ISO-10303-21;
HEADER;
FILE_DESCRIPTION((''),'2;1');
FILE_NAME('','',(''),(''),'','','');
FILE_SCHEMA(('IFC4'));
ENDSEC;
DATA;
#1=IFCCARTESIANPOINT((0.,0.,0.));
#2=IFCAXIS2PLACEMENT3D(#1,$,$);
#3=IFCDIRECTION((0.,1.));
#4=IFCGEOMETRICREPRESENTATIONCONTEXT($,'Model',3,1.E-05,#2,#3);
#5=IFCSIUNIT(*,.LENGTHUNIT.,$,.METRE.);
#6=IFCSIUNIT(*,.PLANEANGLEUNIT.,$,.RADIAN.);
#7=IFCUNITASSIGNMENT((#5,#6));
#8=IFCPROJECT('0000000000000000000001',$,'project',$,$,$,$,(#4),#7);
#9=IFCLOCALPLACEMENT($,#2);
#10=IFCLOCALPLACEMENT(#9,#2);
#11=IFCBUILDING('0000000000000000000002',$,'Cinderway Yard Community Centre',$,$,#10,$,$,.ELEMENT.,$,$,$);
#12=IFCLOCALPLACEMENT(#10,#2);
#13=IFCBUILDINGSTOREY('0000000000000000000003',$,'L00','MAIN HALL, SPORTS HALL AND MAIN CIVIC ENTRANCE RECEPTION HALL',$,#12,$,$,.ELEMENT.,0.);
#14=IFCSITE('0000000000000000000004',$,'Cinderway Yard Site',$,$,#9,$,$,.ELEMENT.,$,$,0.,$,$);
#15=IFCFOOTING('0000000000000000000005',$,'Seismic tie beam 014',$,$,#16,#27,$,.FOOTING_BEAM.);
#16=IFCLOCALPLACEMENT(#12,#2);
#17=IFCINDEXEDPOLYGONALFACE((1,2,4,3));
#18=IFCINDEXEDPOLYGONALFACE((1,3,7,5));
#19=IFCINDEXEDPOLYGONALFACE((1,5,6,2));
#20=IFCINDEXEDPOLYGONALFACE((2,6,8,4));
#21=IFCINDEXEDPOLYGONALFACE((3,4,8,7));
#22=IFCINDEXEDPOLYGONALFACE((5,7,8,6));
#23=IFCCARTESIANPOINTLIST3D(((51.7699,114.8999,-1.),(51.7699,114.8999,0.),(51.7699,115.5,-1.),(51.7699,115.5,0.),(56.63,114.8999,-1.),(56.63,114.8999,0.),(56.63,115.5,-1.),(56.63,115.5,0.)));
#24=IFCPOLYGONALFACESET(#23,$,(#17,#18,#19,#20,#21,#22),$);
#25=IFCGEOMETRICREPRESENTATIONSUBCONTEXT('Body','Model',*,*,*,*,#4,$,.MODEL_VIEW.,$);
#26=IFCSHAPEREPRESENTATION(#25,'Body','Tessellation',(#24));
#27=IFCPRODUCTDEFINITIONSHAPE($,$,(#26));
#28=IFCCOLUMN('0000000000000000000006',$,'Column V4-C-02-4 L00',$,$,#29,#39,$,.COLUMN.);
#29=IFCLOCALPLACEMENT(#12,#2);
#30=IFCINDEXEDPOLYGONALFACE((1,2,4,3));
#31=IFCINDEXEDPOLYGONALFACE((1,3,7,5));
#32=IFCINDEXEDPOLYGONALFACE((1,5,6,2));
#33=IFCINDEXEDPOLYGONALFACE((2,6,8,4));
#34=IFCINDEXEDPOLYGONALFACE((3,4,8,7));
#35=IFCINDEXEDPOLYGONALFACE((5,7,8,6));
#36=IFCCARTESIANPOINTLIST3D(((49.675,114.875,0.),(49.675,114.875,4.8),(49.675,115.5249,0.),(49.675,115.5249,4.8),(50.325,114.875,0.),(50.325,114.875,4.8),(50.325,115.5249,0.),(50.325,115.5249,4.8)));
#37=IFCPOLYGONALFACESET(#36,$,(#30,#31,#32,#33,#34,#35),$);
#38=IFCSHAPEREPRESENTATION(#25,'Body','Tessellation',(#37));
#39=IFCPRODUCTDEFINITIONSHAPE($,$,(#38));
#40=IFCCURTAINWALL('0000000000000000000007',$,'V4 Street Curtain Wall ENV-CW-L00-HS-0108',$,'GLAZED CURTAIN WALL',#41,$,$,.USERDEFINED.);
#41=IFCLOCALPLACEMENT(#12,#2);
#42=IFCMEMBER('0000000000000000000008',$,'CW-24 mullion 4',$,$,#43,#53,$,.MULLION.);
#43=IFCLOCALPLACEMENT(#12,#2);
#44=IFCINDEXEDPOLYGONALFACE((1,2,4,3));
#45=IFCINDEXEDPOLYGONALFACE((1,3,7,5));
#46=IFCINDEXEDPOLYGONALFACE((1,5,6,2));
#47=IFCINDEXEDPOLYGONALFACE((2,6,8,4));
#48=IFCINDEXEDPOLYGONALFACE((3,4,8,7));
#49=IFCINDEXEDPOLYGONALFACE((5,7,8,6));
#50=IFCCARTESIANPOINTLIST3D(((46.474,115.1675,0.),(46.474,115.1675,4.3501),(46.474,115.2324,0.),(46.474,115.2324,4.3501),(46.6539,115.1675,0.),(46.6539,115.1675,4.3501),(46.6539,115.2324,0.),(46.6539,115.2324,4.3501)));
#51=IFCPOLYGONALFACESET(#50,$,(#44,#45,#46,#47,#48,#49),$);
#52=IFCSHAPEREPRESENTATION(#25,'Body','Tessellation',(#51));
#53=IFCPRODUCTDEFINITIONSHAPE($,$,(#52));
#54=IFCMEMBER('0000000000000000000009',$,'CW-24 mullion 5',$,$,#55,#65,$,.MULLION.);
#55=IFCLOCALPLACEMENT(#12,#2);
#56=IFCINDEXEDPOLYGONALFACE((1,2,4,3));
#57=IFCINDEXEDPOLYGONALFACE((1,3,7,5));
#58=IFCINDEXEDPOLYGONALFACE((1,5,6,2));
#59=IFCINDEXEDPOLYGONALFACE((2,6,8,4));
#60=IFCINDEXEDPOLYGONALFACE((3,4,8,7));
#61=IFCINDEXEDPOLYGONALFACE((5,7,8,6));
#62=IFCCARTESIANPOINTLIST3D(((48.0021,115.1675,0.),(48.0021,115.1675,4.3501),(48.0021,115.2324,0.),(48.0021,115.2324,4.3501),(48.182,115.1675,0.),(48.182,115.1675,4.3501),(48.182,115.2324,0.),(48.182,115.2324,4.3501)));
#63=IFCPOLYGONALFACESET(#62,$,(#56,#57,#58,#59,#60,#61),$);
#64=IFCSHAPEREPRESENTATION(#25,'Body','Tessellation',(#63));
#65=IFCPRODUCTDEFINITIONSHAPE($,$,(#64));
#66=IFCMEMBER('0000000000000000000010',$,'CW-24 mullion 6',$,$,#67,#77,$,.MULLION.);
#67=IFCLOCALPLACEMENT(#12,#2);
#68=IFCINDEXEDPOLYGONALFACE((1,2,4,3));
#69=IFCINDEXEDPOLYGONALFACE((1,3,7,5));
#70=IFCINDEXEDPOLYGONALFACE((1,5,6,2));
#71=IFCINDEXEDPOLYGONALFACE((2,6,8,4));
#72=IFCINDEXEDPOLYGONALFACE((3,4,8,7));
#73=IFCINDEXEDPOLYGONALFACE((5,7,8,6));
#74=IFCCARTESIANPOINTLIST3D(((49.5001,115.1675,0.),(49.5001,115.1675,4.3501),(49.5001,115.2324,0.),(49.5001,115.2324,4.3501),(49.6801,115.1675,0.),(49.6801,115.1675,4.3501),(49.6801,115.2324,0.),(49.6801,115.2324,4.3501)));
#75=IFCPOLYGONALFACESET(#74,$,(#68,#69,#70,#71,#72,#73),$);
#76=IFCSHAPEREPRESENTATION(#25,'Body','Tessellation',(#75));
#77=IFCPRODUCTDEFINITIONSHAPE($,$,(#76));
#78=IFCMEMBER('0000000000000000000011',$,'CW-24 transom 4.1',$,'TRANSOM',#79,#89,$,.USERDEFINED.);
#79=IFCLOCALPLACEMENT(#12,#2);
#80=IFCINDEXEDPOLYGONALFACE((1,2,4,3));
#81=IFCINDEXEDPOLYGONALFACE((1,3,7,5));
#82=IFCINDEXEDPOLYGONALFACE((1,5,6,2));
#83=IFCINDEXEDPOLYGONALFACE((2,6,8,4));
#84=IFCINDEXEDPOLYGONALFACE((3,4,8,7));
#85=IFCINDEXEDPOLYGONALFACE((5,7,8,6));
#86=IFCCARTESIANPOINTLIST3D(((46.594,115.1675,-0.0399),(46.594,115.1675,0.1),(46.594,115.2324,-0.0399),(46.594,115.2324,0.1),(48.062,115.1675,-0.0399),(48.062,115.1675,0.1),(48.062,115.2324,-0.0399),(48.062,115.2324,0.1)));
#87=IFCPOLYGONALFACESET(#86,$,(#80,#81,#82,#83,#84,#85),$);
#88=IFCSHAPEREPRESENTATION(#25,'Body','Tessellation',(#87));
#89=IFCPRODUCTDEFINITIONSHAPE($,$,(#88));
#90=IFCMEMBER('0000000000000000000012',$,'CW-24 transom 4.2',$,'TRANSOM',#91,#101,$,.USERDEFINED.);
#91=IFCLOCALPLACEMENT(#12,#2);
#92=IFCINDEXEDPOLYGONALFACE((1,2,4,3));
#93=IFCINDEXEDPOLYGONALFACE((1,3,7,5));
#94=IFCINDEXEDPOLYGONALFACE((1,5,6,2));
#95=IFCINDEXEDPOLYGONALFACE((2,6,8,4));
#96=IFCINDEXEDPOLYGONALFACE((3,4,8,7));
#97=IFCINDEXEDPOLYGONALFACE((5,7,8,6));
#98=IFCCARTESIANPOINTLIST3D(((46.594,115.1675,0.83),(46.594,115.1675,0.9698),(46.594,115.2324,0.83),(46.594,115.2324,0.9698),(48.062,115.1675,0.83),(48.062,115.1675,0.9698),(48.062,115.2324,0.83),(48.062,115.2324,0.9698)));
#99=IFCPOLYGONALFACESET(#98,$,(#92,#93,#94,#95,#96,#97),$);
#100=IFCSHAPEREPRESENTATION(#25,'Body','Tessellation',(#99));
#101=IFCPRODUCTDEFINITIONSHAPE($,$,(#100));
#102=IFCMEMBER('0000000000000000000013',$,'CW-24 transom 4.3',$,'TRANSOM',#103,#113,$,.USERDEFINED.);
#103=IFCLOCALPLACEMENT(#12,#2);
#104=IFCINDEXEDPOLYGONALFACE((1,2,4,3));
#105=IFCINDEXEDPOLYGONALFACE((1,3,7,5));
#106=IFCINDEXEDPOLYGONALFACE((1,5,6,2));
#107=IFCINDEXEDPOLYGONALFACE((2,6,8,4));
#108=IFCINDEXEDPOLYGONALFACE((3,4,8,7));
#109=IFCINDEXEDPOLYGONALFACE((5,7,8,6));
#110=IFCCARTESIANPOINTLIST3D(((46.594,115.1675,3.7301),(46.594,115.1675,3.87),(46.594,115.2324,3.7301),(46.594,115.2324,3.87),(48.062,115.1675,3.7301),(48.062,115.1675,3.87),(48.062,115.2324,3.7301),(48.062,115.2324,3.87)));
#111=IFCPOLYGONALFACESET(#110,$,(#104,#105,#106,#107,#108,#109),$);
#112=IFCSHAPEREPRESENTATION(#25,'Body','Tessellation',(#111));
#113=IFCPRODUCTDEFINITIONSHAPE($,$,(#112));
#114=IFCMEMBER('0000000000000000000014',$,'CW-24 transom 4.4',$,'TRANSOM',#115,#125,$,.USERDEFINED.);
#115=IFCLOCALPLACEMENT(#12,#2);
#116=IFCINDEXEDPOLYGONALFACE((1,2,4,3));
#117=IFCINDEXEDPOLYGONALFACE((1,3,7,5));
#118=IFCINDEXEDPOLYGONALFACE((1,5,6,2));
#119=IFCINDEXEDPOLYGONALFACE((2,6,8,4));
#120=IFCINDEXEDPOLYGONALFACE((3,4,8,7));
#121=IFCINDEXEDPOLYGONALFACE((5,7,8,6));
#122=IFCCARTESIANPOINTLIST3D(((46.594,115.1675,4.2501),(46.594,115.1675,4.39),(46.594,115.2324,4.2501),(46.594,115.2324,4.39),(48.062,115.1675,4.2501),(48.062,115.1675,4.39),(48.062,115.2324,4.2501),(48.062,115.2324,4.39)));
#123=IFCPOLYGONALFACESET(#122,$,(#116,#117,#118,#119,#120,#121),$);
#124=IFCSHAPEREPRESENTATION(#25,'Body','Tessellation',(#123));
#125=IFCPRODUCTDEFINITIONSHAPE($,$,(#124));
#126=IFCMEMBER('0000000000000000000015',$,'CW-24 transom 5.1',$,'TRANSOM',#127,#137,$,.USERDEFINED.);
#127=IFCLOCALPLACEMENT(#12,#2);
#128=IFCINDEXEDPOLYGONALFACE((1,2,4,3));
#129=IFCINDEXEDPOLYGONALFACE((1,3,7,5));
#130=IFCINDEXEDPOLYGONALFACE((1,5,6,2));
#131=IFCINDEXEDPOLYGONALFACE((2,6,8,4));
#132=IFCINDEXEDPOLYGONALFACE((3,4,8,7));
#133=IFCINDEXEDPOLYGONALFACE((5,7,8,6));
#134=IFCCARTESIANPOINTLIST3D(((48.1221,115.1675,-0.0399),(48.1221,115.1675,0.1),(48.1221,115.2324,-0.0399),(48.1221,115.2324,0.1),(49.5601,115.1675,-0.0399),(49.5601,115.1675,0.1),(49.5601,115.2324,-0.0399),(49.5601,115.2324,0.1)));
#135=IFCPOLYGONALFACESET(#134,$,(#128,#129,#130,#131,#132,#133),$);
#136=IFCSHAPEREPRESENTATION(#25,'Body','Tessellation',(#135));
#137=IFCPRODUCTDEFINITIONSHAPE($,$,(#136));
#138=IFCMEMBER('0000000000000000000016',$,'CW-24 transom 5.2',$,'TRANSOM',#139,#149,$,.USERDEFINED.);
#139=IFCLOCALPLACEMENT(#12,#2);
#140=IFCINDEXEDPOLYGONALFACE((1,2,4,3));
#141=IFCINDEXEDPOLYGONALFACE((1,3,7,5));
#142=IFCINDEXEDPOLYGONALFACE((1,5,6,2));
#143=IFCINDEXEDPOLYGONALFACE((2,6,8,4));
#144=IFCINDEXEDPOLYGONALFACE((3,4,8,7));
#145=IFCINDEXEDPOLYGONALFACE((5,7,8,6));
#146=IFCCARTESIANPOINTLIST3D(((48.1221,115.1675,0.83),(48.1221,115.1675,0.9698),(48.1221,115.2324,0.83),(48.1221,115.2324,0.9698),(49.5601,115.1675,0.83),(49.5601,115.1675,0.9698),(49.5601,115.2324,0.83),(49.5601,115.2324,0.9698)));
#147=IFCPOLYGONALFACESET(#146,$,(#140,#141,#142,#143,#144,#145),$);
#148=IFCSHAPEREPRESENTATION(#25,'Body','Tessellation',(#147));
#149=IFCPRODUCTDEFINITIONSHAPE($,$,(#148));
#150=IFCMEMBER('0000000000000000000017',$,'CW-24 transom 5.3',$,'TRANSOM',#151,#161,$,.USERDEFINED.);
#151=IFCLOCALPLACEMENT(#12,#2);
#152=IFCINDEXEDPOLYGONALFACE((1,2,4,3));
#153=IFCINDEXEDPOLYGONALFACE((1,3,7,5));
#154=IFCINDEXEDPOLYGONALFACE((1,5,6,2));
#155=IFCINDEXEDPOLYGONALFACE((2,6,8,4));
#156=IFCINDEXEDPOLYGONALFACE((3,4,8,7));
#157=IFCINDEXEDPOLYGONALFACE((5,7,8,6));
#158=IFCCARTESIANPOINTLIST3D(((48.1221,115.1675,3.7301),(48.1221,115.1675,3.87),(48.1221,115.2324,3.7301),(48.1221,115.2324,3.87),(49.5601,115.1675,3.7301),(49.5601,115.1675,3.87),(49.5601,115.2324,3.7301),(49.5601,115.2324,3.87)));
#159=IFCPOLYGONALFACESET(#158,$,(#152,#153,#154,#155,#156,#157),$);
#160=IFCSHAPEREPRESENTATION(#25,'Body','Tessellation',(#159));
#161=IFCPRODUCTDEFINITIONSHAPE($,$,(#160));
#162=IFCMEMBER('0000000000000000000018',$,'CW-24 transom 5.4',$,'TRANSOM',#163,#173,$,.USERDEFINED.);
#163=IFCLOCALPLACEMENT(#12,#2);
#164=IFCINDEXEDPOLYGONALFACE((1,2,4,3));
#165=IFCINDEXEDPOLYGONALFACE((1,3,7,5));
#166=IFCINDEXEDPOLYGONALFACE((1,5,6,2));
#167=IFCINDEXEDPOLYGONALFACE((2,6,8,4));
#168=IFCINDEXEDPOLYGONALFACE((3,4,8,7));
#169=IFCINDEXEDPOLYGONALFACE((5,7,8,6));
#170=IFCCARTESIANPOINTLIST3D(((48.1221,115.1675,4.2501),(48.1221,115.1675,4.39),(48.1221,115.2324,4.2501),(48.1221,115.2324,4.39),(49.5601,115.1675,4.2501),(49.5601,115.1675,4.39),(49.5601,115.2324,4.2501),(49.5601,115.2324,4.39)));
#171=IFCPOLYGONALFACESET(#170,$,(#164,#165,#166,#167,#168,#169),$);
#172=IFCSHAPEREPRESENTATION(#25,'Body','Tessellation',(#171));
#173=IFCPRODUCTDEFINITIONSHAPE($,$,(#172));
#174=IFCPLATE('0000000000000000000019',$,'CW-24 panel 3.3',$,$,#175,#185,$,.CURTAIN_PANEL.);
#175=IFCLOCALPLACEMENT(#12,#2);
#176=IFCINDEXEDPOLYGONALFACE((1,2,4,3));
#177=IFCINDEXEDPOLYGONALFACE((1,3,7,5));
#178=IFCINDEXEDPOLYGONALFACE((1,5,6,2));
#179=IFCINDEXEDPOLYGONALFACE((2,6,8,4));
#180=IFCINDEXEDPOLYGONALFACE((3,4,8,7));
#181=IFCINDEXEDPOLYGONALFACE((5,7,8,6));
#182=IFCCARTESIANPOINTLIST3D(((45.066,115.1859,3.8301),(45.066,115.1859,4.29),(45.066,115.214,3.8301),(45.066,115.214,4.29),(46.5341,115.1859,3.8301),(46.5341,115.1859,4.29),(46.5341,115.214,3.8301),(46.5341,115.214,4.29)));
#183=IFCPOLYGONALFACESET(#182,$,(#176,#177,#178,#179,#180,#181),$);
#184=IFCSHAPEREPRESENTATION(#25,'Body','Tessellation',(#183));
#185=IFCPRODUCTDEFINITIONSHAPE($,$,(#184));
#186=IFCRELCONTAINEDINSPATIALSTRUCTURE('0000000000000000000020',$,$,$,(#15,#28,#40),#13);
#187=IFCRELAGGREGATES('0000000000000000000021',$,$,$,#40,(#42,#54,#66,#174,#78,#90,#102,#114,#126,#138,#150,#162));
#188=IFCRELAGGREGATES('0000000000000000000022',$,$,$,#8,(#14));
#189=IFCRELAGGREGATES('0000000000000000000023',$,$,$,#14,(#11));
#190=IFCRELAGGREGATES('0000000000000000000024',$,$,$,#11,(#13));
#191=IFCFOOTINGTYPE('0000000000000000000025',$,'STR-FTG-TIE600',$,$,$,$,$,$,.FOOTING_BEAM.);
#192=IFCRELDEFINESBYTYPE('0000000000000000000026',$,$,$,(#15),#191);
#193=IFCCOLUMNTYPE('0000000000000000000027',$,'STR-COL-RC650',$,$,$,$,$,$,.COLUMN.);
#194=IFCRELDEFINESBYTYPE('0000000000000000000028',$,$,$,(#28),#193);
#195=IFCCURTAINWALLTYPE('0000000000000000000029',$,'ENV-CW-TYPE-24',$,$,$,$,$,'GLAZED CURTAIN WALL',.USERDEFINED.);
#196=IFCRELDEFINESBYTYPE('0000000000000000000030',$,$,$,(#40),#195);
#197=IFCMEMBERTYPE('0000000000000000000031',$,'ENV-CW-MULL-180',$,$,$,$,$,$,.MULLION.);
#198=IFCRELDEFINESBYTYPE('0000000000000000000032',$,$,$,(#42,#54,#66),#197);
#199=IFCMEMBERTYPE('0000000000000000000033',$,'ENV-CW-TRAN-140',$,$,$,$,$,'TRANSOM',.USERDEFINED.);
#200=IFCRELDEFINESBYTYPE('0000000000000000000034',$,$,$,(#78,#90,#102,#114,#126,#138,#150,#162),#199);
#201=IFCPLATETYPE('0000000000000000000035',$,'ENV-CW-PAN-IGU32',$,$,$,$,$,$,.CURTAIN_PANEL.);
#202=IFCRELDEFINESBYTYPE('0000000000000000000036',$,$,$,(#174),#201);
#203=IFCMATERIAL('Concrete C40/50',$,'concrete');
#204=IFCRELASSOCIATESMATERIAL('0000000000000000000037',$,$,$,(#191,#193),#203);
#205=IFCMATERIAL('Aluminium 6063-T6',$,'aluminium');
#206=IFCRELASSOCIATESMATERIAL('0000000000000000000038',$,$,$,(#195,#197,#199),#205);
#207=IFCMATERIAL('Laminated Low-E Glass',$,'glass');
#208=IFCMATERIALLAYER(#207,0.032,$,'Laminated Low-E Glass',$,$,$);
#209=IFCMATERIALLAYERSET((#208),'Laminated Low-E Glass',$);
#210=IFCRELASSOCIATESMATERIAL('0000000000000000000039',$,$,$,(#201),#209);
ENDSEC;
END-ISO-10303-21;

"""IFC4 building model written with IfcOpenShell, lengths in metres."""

from ifc_helpers import new_model, si_unit, direction, frame, origin, origin_2d, place, context, subcontext, project, spatial, rectangle, extrude, material, layer, layer_set, material_profile, profile_set, type_object, element, aggregate, save


model = new_model("IFC4")

# Units and contexts
model_context = context("Model", 3, precision=1e-05, world=origin(), true_north=direction((0.0, 1.0)))
body_context = subcontext(model_context, "Body", "Model", "MODEL_VIEW")
ifc_project = project(units=[si_unit("LENGTHUNIT", "METRE"), si_unit("PLANEANGLEUNIT", "RADIAN")], contexts=[model_context])

# Site, building, storey
site_placement = place(None, origin())
site = spatial("IfcSite", under=ifc_project, at=site_placement, Name="Cinderway Yard Site", CompositionType="ELEMENT", RefElevation=0.0)
building_placement = place(site_placement, origin())
building = spatial("IfcBuilding", under=site, at=building_placement, Name="Cinderway Yard Community Centre", CompositionType="ELEMENT")
storey_placement = place(building_placement, origin())
storey = spatial("IfcBuildingStorey", under=building, at=storey_placement, Name="L00", Description="MAIN HALL, SPORTS HALL AND MAIN CIVIC ENTRANCE RECEPTION HALL", CompositionType="ELEMENT", Elevation=0.0)

# Footing
ifc_material_1 = material(Name="Concrete C40/50", Category="concrete")
footing_type = type_object("IfcFootingType", Name="STR-FTG-TIE600", PredefinedType="FOOTING_BEAM", material=ifc_material_1)
footing_placement = place(storey_placement, frame((54.2, 115.2, -1.0), z_axis=(0.0, 0.0, 1.0), x_axis=(1.0, 0.0, 0.0)))
element("IfcFooting", 1, at=footing_placement, inside=storey, type_object=footing_type, Name="Seismic tie beam 014", PredefinedType="FOOTING_BEAM", context=body_context, shape_type="SweptSolid", body=[
    extrude(rectangle(XDim=4.8601, YDim=0.6001, at=origin_2d()), origin(), (0.0, 0.0, 1.0), 1.0),
])

# Column
ifc_material_profile_1 = material_profile(ifc_material_1, rectangle(XDim=0.6499, YDim=0.6499, at=origin_2d()), Name="Concrete C40/50")
ifc_profile_set_1 = profile_set([ifc_material_profile_1], Name="Concrete C40/50")
column_type = type_object("IfcColumnType", Name="STR-COL-RC650", PredefinedType="COLUMN", material=ifc_profile_set_1)
column_placement = place(storey_placement, frame((50.0, 115.2, 0.0), z_axis=(0.0, 0.0, 1.0), x_axis=(1.0, 0.0, 0.0)))
element("IfcColumn", 2, at=column_placement, inside=storey, type_object=column_type, Name="Column V4-C-02-4 L00", PredefinedType="COLUMN", context=body_context, shape_type="SweptSolid", body=[
    extrude(rectangle(XDim=0.6499, YDim=0.6499, at=origin_2d()), origin(), (0.0, 0.0, 1.0), 4.8),
])

# Curtain wall, members, plate
ifc_material_2 = material(Name="Aluminium 6063-T6", Category="aluminium")
curtain_wall_type = type_object("IfcCurtainWallType", Name="ENV-CW-TYPE-24", ElementType="GLAZED CURTAIN WALL", PredefinedType="USERDEFINED", material=ifc_material_2)
curtain_wall_placement = place(storey_placement, origin())
curtain_wall = element("IfcCurtainWall", 3, at=curtain_wall_placement, inside=storey, type_object=curtain_wall_type, Name="V4 Street Curtain Wall ENV-CW-L00-HS-0108", ObjectType="GLAZED CURTAIN WALL", PredefinedType="USERDEFINED")
ifc_material_profile_2 = material_profile(ifc_material_2, rectangle(XDim=0.0649, YDim=0.1799, at=origin_2d()), Name="Aluminium 6063-T6")
ifc_profile_set_2 = profile_set([ifc_material_profile_2], Name="Aluminium 6063-T6")
member_type_1 = type_object("IfcMemberType", Name="ENV-CW-MULL-180", PredefinedType="MULLION", material=ifc_profile_set_2)
member_1_placement = place(storey_placement, frame((46.564, 115.2, 0.0), z_axis=(0.0, 0.0, 1.0), x_axis=(0.0, 1.0, 0.0)))
member_1 = element("IfcMember", 4, at=member_1_placement, type_object=member_type_1, Name="CW-24 mullion 4", PredefinedType="MULLION", context=body_context, shape_type="SweptSolid", body=[
    extrude(rectangle(XDim=0.0649, YDim=0.1799, at=origin_2d()), origin(), (0.0, 0.0, 1.0), 4.3501),
])
member_2_placement = place(storey_placement, frame((48.092, 115.2, 0.0), z_axis=(0.0, 0.0, 1.0), x_axis=(0.0, 1.0, 0.0)))
member_2 = element("IfcMember", 5, at=member_2_placement, type_object=member_type_1, Name="CW-24 mullion 5", PredefinedType="MULLION", context=body_context, shape_type="SweptSolid", body=[
    extrude(rectangle(XDim=0.0649, YDim=0.1799, at=origin_2d()), origin(), (0.0, 0.0, 1.0), 4.3501),
])
member_3_placement = place(storey_placement, frame((49.5901, 115.2, 0.0), z_axis=(0.0, 0.0, 1.0), x_axis=(0.0, 1.0, 0.0)))
member_3 = element("IfcMember", 6, at=member_3_placement, type_object=member_type_1, Name="CW-24 mullion 6", PredefinedType="MULLION", context=body_context, shape_type="SweptSolid", body=[
    extrude(rectangle(XDim=0.0649, YDim=0.1799, at=origin_2d()), origin(), (0.0, 0.0, 1.0), 4.3501),
])
ifc_material_profile_3 = material_profile(ifc_material_2, rectangle(XDim=0.0649, YDim=0.1399, at=origin_2d()), Name="Aluminium 6063-T6")
ifc_profile_set_3 = profile_set([ifc_material_profile_3], Name="Aluminium 6063-T6")
member_type_2 = type_object("IfcMemberType", Name="ENV-CW-TRAN-140", ElementType="TRANSOM", PredefinedType="USERDEFINED", material=ifc_profile_set_3)
member_4_placement = place(storey_placement, frame((46.594, 115.2, 0.03), z_axis=(1.0, 0.0, 0.0), x_axis=(0.0, 1.0, 0.0)))
member_4 = element("IfcMember", 7, at=member_4_placement, type_object=member_type_2, Name="CW-24 transom 4.1", ObjectType="TRANSOM", PredefinedType="USERDEFINED", context=body_context, shape_type="SweptSolid", body=[
    extrude(rectangle(XDim=0.0649, YDim=0.1399, at=origin_2d()), origin(), (0.0, 0.0, 1.0), 1.468),
])
member_5_placement = place(storey_placement, frame((46.594, 115.2, 0.8999), z_axis=(1.0, 0.0, 0.0), x_axis=(0.0, 1.0, 0.0)))
member_5 = element("IfcMember", 8, at=member_5_placement, type_object=member_type_2, Name="CW-24 transom 4.2", ObjectType="TRANSOM", PredefinedType="USERDEFINED", context=body_context, shape_type="SweptSolid", body=[
    extrude(rectangle(XDim=0.0649, YDim=0.1399, at=origin_2d()), origin(), (0.0, 0.0, 1.0), 1.468),
])
member_6_placement = place(storey_placement, frame((46.594, 115.2, 3.8), z_axis=(1.0, 0.0, 0.0), x_axis=(0.0, 1.0, 0.0)))
member_6 = element("IfcMember", 9, at=member_6_placement, type_object=member_type_2, Name="CW-24 transom 4.3", ObjectType="TRANSOM", PredefinedType="USERDEFINED", context=body_context, shape_type="SweptSolid", body=[
    extrude(rectangle(XDim=0.0649, YDim=0.1399, at=origin_2d()), origin(), (0.0, 0.0, 1.0), 1.468),
])
member_7_placement = place(storey_placement, frame((46.594, 115.2, 4.3201), z_axis=(1.0, 0.0, 0.0), x_axis=(0.0, 1.0, 0.0)))
member_7 = element("IfcMember", 10, at=member_7_placement, type_object=member_type_2, Name="CW-24 transom 4.4", ObjectType="TRANSOM", PredefinedType="USERDEFINED", context=body_context, shape_type="SweptSolid", body=[
    extrude(rectangle(XDim=0.0649, YDim=0.1399, at=origin_2d()), origin(), (0.0, 0.0, 1.0), 1.468),
])
member_8_placement = place(storey_placement, frame((48.1221, 115.2, 0.03), z_axis=(1.0, 0.0, 0.0), x_axis=(0.0, 1.0, 0.0)))
member_8 = element("IfcMember", 11, at=member_8_placement, type_object=member_type_2, Name="CW-24 transom 5.1", ObjectType="TRANSOM", PredefinedType="USERDEFINED", context=body_context, shape_type="SweptSolid", body=[
    extrude(rectangle(XDim=0.0649, YDim=0.1399, at=origin_2d()), origin(), (0.0, 0.0, 1.0), 1.438),
])
member_9_placement = place(storey_placement, frame((48.1221, 115.2, 0.8999), z_axis=(1.0, 0.0, 0.0), x_axis=(0.0, 1.0, 0.0)))
member_9 = element("IfcMember", 12, at=member_9_placement, type_object=member_type_2, Name="CW-24 transom 5.2", ObjectType="TRANSOM", PredefinedType="USERDEFINED", context=body_context, shape_type="SweptSolid", body=[
    extrude(rectangle(XDim=0.0649, YDim=0.1399, at=origin_2d()), origin(), (0.0, 0.0, 1.0), 1.438),
])
member_10_placement = place(storey_placement, frame((48.1221, 115.2, 3.8), z_axis=(1.0, 0.0, 0.0), x_axis=(0.0, 1.0, 0.0)))
member_10 = element("IfcMember", 13, at=member_10_placement, type_object=member_type_2, Name="CW-24 transom 5.3", ObjectType="TRANSOM", PredefinedType="USERDEFINED", context=body_context, shape_type="SweptSolid", body=[
    extrude(rectangle(XDim=0.0649, YDim=0.1399, at=origin_2d()), origin(), (0.0, 0.0, 1.0), 1.438),
])
member_11_placement = place(storey_placement, frame((48.1221, 115.2, 4.3201), z_axis=(1.0, 0.0, 0.0), x_axis=(0.0, 1.0, 0.0)))
member_11 = element("IfcMember", 14, at=member_11_placement, type_object=member_type_2, Name="CW-24 transom 5.4", ObjectType="TRANSOM", PredefinedType="USERDEFINED", context=body_context, shape_type="SweptSolid", body=[
    extrude(rectangle(XDim=0.0649, YDim=0.1399, at=origin_2d()), origin(), (0.0, 0.0, 1.0), 1.438),
])
ifc_material_3 = material(Name="Laminated Low-E Glass", Category="glass")
ifc_layer_1 = layer(ifc_material_3, 0.032, Name="Laminated Low-E Glass")
ifc_layer_set_1 = layer_set([ifc_layer_1], Name="Laminated Low-E Glass")
plate_type = type_object("IfcPlateType", Name="ENV-CW-PAN-IGU32", PredefinedType="CURTAIN_PANEL", material=ifc_layer_set_1)
plate_1_placement = place(storey_placement, frame((45.8, 115.2, 3.8301), z_axis=(0.0, 0.0, 1.0), x_axis=(1.0, 0.0, 0.0)))
plate_1 = element("IfcPlate", 15, at=plate_1_placement, type_object=plate_type, Name="CW-24 panel 3.3", PredefinedType="CURTAIN_PANEL", context=body_context, shape_type="SweptSolid", body=[
    extrude(rectangle(XDim=1.468, YDim=0.0281, at=origin_2d()), origin(), (0.0, 0.0, 1.0), 0.46),
])
aggregate(curtain_wall, [member_1, member_2, member_3, plate_1, member_4, member_5, member_6, member_7, member_8, member_9, member_10, member_11])

save(model, "model.ifc")
